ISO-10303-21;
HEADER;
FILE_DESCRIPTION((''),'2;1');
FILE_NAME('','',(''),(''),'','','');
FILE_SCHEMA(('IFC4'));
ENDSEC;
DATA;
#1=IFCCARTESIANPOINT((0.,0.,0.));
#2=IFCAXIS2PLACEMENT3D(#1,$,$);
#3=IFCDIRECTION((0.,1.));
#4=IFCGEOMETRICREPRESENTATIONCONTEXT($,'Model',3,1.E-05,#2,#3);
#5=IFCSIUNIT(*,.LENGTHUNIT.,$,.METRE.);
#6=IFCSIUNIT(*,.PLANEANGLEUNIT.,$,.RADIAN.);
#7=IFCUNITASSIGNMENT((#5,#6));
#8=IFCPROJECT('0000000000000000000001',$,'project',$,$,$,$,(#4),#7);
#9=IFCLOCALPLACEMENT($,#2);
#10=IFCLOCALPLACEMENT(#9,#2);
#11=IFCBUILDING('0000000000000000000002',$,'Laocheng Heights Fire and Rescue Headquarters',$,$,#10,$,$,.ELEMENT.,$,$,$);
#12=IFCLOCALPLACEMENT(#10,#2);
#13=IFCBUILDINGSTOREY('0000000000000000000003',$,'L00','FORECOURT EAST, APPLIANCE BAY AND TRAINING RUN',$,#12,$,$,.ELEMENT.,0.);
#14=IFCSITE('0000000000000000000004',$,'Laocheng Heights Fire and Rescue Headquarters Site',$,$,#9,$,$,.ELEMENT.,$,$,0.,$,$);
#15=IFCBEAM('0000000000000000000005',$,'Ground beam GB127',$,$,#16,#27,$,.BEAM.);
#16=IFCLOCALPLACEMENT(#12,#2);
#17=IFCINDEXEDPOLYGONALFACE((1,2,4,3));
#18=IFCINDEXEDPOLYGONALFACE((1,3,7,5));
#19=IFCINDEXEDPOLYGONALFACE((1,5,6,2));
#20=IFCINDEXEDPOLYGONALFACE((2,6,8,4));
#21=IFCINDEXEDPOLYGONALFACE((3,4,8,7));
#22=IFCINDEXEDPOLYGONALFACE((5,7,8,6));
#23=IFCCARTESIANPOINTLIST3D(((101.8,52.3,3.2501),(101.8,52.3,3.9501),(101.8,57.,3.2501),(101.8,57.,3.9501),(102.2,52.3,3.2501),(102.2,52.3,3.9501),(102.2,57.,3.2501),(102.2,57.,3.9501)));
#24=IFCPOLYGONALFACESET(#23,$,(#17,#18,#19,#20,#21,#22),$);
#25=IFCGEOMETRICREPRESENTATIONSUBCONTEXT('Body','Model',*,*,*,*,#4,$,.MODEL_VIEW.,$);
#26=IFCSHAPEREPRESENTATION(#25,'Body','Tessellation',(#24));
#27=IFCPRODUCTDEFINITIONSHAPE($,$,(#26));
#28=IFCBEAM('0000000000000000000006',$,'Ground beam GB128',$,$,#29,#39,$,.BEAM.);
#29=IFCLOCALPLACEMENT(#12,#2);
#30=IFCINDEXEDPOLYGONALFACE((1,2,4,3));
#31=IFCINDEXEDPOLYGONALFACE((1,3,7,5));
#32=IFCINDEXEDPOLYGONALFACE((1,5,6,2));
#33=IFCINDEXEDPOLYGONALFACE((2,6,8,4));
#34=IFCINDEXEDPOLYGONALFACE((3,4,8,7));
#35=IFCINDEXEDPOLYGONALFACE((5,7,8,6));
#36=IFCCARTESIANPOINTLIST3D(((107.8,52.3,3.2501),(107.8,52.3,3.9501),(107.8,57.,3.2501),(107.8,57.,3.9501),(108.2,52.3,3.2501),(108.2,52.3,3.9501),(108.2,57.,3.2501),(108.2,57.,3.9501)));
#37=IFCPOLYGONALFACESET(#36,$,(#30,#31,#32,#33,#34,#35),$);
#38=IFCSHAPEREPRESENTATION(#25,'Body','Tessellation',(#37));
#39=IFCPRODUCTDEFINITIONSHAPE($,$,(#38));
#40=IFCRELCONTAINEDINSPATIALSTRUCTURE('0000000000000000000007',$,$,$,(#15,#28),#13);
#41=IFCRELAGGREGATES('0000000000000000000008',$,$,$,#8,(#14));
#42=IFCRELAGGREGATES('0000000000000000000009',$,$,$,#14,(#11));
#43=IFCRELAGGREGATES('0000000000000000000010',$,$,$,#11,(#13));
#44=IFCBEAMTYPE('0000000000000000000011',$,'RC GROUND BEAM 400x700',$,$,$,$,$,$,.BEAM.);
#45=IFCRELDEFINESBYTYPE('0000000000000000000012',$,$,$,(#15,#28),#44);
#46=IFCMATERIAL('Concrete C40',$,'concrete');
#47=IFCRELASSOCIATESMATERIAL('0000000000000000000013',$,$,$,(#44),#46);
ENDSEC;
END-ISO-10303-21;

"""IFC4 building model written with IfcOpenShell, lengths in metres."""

from ifc_helpers import new_model, si_unit, direction, frame, origin, origin_2d, place, context, subcontext, project, spatial, rectangle, extrude, material, material_profile, profile_set, type_object, element, save


model = new_model("IFC4")

# Units and contexts
model_context = context("Model", 3, precision=1e-05, world=origin(), true_north=direction((0.0, 1.0)))
body_context = subcontext(model_context, "Body", "Model", "MODEL_VIEW")
ifc_project = project(units=[si_unit("LENGTHUNIT", "METRE"), si_unit("PLANEANGLEUNIT", "RADIAN")], contexts=[model_context])

# Site, building, storey
site_placement = place(None, origin())
site = spatial("IfcSite", under=ifc_project, at=site_placement, Name="Laocheng Heights Fire and Rescue Headquarters Site", CompositionType="ELEMENT", RefElevation=0.0)
building_placement = place(site_placement, origin())
building = spatial("IfcBuilding", under=site, at=building_placement, Name="Laocheng Heights Fire and Rescue Headquarters", CompositionType="ELEMENT")
storey_placement = place(building_placement, origin())
storey = spatial("IfcBuildingStorey", under=building, at=storey_placement, Name="L00", Description="FORECOURT EAST, APPLIANCE BAY AND TRAINING RUN", CompositionType="ELEMENT", Elevation=0.0)

# Beams
ifc_material_1 = material(Name="Concrete C40", Category="concrete")
ifc_material_profile_1 = material_profile(ifc_material_1, rectangle(XDim=0.3999, YDim=0.7, at=origin_2d()), Name="RC GROUND BEAM 400x700")
ifc_profile_set_1 = profile_set([ifc_material_profile_1], Name="Concrete C40")
beam_type = type_object("IfcBeamType", Name="RC GROUND BEAM 400x700", PredefinedType="BEAM", material=ifc_profile_set_1)
for number, where, z_axis, x_axis, name in (
    (1, (102.0, 52.3, 3.6001), (0.0, 1.0, 0.0), (-1.0, 0.0, 0.0), "Ground beam GB127"),
    (2, (108.0, 52.3, 3.6001), (0.0, 1.0, 0.0), (-1.0, 0.0, 0.0), "Ground beam GB128"),
):
    element("IfcBeam", number, at=place(storey_placement, frame(where, z_axis=z_axis, x_axis=x_axis)), inside=storey, type_object=beam_type, Name=name, PredefinedType="BEAM", context=body_context, shape_type="SweptSolid", body=[
        extrude(rectangle(XDim=0.3999, YDim=0.7, at=origin_2d()), origin(), (0.0, 0.0, 1.0), 4.7),
    ])

save(model, "model.ifc")
